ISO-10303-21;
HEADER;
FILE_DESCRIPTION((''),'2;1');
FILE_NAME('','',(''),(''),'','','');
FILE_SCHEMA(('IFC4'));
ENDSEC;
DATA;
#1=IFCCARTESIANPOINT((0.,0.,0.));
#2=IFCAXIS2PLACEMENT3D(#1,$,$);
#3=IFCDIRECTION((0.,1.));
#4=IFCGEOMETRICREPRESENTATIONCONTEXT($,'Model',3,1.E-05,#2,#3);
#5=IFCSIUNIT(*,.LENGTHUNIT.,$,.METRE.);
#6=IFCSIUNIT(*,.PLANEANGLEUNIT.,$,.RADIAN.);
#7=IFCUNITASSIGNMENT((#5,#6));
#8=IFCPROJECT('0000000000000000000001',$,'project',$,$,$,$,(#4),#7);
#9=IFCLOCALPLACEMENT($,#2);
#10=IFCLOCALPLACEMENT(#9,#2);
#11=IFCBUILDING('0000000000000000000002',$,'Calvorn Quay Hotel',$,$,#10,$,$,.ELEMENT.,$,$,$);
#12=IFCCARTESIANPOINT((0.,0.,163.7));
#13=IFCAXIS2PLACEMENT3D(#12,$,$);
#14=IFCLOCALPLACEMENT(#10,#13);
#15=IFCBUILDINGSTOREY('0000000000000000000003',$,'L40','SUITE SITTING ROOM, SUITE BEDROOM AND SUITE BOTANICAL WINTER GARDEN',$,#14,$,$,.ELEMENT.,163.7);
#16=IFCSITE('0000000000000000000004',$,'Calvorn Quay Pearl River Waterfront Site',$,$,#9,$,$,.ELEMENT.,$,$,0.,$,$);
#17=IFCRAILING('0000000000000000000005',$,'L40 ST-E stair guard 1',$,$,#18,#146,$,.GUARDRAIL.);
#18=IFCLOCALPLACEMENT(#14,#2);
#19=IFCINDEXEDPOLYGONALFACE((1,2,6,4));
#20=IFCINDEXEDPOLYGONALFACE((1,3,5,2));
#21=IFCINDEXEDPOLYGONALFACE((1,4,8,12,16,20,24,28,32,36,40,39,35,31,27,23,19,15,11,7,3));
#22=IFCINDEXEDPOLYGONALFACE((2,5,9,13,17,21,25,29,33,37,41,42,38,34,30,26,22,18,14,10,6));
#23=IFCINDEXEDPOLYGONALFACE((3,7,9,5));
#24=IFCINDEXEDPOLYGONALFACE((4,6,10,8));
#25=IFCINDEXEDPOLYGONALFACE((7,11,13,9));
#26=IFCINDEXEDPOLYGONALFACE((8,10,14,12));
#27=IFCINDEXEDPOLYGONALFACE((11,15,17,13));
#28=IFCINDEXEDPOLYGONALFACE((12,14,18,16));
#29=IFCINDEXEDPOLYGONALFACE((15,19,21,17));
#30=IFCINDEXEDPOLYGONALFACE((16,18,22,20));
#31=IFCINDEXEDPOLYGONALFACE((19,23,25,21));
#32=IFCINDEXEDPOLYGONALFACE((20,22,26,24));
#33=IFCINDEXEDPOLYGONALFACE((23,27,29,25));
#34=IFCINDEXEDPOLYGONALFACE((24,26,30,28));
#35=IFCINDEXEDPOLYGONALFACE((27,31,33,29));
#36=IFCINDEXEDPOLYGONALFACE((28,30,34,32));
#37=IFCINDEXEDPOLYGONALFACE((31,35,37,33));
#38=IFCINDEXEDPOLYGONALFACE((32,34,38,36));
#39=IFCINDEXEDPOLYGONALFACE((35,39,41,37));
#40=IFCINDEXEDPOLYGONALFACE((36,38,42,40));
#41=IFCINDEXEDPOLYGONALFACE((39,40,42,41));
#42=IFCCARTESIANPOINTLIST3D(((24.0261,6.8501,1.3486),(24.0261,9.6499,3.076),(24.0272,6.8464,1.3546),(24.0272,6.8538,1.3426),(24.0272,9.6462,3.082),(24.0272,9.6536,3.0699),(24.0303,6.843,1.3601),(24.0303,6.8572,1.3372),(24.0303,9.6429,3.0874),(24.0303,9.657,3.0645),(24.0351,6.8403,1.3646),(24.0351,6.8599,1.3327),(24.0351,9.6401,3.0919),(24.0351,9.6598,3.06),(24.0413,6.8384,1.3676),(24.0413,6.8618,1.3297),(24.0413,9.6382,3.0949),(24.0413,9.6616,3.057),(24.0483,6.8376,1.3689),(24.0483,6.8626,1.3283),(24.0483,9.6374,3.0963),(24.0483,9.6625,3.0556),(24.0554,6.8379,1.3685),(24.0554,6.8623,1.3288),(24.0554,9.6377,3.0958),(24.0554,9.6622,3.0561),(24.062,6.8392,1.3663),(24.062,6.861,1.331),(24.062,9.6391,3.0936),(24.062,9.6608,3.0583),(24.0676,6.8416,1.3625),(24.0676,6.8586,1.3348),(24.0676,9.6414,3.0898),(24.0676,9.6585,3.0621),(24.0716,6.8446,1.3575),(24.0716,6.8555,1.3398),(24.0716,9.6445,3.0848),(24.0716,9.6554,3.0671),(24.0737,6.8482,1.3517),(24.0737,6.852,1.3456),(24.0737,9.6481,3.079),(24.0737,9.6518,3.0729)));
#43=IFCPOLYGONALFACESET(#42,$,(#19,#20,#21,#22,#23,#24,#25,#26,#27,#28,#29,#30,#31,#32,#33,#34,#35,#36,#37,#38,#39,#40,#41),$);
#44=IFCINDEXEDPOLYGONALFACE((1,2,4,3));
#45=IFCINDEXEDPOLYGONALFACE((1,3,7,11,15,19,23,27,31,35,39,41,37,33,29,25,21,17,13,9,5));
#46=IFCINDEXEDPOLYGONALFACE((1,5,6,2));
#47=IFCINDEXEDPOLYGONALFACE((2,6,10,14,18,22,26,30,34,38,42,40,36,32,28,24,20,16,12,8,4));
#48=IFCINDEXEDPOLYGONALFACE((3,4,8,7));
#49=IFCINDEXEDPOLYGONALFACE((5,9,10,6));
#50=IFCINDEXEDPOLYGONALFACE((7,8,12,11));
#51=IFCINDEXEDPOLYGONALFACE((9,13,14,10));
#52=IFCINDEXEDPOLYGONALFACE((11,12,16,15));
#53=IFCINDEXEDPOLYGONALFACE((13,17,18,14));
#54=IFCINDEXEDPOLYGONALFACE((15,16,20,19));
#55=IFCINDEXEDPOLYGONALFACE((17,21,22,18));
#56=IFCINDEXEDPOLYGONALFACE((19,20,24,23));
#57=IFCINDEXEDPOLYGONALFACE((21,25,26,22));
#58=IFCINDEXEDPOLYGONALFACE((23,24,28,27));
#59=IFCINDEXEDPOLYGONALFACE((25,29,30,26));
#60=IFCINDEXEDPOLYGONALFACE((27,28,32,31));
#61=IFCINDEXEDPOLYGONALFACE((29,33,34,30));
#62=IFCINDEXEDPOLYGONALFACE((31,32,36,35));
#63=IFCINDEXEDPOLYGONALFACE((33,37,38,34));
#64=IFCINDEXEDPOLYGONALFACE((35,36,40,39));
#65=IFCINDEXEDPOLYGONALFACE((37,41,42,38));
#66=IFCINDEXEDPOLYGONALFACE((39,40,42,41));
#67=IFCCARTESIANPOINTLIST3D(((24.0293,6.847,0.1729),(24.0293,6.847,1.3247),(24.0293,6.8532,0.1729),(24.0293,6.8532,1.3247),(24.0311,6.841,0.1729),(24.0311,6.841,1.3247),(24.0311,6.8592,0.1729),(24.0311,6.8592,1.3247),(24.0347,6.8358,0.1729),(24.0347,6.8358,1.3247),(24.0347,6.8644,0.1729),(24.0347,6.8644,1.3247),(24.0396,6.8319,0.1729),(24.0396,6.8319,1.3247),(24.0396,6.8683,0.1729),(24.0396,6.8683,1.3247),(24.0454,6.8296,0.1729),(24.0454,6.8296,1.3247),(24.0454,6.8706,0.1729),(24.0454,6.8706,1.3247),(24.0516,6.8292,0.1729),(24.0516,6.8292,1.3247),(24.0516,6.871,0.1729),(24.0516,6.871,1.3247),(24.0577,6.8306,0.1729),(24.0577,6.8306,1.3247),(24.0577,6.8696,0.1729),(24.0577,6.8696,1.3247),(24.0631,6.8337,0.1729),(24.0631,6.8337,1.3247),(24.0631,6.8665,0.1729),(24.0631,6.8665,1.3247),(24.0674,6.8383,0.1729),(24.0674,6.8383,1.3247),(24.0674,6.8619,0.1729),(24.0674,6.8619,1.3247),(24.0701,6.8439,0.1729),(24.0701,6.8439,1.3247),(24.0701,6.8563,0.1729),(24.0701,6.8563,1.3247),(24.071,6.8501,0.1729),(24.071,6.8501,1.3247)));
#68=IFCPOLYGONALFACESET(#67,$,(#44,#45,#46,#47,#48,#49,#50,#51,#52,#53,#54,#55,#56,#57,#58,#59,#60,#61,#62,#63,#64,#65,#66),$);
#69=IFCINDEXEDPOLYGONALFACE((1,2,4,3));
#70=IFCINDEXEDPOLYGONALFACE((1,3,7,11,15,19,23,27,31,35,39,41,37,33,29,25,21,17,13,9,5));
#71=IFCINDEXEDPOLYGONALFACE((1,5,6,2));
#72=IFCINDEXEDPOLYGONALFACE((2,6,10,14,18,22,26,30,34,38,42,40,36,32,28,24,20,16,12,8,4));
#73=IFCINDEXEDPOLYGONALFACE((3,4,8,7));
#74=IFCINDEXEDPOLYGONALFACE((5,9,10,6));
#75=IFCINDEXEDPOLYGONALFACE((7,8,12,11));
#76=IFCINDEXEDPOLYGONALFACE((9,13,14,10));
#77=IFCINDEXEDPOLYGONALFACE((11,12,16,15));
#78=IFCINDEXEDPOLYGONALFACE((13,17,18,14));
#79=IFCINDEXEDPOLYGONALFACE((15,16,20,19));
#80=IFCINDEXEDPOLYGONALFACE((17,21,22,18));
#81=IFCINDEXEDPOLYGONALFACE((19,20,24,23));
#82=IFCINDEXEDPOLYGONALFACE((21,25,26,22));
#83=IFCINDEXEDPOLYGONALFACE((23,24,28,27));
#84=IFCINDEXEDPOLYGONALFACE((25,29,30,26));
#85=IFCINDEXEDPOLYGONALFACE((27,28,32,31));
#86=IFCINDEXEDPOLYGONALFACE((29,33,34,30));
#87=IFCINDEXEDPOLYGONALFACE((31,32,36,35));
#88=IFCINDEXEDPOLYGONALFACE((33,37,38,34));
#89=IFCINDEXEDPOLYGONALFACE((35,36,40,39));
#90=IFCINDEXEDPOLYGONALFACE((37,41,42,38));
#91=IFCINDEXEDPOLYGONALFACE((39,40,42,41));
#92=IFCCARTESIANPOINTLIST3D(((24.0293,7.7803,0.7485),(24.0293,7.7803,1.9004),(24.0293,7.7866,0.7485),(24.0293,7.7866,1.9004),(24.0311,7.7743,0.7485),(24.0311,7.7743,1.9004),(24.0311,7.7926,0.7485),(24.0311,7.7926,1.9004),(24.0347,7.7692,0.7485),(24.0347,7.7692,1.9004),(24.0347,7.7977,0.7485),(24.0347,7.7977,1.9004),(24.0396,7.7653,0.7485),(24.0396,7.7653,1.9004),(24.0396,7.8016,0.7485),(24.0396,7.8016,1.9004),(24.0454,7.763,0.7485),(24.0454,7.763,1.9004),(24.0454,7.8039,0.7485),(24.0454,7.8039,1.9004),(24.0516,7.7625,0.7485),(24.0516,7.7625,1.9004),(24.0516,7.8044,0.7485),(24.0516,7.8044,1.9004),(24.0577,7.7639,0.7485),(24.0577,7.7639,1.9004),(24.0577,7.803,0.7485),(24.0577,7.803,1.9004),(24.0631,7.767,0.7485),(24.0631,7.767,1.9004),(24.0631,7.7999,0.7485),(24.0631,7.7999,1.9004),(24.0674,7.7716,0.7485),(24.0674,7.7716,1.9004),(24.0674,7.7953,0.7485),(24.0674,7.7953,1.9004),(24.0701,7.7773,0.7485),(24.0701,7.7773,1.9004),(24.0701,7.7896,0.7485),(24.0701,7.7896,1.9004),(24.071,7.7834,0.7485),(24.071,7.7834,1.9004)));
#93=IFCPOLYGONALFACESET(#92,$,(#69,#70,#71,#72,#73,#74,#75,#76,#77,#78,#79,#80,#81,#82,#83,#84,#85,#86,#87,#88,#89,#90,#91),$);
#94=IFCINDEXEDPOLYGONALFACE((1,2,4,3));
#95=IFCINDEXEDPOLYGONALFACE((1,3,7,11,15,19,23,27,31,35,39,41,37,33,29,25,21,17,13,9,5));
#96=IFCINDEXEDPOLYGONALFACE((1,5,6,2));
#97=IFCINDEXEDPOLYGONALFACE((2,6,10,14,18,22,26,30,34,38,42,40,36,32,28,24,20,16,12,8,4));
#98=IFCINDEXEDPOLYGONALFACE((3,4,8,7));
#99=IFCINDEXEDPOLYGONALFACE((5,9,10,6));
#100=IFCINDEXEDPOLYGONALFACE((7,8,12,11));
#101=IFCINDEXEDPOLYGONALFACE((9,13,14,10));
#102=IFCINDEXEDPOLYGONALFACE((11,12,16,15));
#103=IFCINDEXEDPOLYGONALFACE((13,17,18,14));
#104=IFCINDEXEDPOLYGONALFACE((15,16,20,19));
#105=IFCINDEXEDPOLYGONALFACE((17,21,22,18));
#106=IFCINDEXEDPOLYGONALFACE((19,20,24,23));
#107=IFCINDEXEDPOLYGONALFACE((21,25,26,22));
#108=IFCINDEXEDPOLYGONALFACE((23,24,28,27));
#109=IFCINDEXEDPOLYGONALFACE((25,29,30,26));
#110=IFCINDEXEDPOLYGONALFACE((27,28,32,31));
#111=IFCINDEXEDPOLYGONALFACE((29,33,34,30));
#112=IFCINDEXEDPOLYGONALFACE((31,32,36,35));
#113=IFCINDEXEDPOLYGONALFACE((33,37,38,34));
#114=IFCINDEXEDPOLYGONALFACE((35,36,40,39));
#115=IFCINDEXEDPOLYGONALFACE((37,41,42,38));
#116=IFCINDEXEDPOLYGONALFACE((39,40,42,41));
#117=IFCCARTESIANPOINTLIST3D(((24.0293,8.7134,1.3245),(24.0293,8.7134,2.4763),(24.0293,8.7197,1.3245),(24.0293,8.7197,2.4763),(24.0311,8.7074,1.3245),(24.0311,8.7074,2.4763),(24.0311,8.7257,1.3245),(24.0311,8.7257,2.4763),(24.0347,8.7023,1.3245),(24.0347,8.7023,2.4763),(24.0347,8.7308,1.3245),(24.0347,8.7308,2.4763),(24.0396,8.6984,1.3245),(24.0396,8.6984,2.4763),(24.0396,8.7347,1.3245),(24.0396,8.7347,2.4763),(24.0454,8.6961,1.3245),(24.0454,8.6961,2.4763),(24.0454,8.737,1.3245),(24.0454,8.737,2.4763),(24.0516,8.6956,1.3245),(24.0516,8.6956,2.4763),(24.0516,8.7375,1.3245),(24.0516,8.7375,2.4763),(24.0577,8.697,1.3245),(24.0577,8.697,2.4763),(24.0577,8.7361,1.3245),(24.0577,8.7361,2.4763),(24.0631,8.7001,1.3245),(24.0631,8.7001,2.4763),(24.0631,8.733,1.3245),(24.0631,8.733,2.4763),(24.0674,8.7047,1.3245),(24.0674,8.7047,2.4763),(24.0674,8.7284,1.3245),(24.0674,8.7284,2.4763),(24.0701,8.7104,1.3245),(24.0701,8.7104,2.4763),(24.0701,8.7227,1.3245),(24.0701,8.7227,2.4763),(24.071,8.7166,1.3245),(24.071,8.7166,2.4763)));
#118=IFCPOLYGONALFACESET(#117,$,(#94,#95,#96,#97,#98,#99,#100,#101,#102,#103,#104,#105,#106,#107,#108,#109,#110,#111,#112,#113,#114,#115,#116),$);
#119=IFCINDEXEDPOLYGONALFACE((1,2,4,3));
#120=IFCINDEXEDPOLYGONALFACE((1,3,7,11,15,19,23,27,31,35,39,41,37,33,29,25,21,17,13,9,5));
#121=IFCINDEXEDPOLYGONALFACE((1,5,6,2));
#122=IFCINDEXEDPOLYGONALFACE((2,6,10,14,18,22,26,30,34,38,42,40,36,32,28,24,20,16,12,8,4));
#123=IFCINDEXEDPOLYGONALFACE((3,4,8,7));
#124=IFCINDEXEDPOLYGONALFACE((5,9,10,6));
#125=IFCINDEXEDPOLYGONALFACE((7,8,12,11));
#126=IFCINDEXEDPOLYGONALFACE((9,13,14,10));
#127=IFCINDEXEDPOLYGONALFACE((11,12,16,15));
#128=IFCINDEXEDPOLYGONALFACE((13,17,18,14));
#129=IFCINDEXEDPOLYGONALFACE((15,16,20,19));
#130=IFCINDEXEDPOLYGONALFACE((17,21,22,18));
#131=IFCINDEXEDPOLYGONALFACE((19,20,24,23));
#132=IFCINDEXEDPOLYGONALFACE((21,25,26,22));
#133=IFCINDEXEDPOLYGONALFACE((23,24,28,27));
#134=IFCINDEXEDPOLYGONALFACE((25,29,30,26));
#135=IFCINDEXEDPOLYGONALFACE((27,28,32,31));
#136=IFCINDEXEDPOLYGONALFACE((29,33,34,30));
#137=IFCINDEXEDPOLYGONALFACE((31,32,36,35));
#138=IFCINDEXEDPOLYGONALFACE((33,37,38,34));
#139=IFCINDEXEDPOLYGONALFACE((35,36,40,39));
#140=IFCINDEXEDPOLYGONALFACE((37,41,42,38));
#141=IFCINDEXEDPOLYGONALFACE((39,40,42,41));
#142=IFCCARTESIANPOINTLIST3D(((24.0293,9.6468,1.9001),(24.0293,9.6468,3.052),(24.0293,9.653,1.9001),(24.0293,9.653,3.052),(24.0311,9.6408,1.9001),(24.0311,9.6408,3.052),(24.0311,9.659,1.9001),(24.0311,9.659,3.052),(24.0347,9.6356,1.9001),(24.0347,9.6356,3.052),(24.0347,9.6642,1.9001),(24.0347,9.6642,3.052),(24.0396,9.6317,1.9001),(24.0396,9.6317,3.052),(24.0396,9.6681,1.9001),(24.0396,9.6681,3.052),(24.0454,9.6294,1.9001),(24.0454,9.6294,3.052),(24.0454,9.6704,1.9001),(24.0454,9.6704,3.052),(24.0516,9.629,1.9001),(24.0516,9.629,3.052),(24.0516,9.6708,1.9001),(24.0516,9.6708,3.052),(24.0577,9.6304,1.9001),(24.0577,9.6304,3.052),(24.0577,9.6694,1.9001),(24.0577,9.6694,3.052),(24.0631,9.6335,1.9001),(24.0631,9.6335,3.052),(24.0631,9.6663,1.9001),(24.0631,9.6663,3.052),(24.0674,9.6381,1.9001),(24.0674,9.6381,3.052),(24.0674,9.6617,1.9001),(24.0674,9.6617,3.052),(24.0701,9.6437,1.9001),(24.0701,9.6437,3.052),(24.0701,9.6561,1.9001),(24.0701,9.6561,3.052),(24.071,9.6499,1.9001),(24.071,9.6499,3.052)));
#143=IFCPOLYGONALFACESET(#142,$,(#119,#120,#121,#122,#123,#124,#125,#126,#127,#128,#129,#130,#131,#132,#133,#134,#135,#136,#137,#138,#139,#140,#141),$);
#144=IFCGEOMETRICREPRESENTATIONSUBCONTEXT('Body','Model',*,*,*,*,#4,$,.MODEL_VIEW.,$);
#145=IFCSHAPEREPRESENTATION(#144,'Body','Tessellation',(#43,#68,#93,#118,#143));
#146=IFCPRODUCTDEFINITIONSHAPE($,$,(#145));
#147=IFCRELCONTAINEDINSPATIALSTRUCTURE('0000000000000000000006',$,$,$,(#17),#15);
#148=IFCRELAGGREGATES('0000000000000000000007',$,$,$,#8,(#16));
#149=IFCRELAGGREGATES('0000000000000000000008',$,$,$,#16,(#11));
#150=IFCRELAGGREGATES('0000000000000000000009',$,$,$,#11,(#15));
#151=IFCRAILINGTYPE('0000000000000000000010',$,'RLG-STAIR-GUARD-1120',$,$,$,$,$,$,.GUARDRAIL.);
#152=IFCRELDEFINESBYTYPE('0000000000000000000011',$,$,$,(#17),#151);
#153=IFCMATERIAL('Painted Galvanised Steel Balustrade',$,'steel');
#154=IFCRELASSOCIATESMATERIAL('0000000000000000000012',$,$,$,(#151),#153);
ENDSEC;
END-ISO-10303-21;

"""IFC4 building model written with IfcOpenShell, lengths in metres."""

from ifc_helpers import new_model, si_unit, direction, frame, origin, origin_2d, place, context, subcontext, project, spatial, circle, extrude, material, type_object, element, save


model = new_model("IFC4")

# Units and contexts
model_context = context("Model", 3, precision=1e-05, world=origin(), true_north=direction((0.0, 1.0)))
body_context = subcontext(model_context, "Body", "Model", "MODEL_VIEW")
ifc_project = project(units=[si_unit("LENGTHUNIT", "METRE"), si_unit("PLANEANGLEUNIT", "RADIAN")], contexts=[model_context])

# Site, building, storey
site_placement = place(None, origin())
site = spatial("IfcSite", under=ifc_project, at=site_placement, Name="Calvorn Quay Pearl River Waterfront Site", CompositionType="ELEMENT", RefElevation=0.0)
building_placement = place(site_placement, origin())
building = spatial("IfcBuilding", under=site, at=building_placement, Name="Calvorn Quay Hotel", CompositionType="ELEMENT")
storey_placement = place(building_placement, frame((0.0, 0.0, 163.7)))
storey = spatial("IfcBuildingStorey", under=building, at=storey_placement, Name="L40", Description="SUITE SITTING ROOM, SUITE BEDROOM AND SUITE BOTANICAL WINTER GARDEN", CompositionType="ELEMENT", Elevation=163.7)

# Railing
ifc_material_1 = material(Name="Painted Galvanised Steel Balustrade", Category="steel")
railing_type_1 = type_object("IfcRailingType", Name="RLG-STAIR-GUARD-1120", PredefinedType="GUARDRAIL", material=ifc_material_1)
railing_1_placement = place(storey_placement, frame((24.05, 6.8501, 0.1729)))
element("IfcRailing", 1, at=railing_1_placement, inside=storey, type_object=railing_type_1, Name="L40 ST-E stair guard 1", PredefinedType="GUARDRAIL", context=body_context, shape_type="SweptSolid", body=[
    extrude(circle(Radius=0.0239, at=origin_2d()), frame((0.0, 0.0, 1.1758), z_axis=(0.0, 0.851069, 0.525054), x_axis=(-1.0, 0.0, 0.0)), (0.0, 0.0, 1.0), 3.2898),
    extrude(circle(Radius=0.021, at=origin_2d()), origin(), (0.0, 0.0, 1.0), 1.1519),
    extrude(circle(Radius=0.021, at=origin_2d()), frame((0.0, 0.9333, 0.5757)), (0.0, 0.0, 1.0), 1.1519),
    extrude(circle(Radius=0.021, at=origin_2d()), frame((0.0, 1.8665, 1.1516)), (0.0, 0.0, 1.0), 1.1519),
    extrude(circle(Radius=0.021, at=origin_2d()), frame((0.0, 2.7998, 1.7273)), (0.0, 0.0, 1.0), 1.1519),
])

save(model, "model.ifc")
